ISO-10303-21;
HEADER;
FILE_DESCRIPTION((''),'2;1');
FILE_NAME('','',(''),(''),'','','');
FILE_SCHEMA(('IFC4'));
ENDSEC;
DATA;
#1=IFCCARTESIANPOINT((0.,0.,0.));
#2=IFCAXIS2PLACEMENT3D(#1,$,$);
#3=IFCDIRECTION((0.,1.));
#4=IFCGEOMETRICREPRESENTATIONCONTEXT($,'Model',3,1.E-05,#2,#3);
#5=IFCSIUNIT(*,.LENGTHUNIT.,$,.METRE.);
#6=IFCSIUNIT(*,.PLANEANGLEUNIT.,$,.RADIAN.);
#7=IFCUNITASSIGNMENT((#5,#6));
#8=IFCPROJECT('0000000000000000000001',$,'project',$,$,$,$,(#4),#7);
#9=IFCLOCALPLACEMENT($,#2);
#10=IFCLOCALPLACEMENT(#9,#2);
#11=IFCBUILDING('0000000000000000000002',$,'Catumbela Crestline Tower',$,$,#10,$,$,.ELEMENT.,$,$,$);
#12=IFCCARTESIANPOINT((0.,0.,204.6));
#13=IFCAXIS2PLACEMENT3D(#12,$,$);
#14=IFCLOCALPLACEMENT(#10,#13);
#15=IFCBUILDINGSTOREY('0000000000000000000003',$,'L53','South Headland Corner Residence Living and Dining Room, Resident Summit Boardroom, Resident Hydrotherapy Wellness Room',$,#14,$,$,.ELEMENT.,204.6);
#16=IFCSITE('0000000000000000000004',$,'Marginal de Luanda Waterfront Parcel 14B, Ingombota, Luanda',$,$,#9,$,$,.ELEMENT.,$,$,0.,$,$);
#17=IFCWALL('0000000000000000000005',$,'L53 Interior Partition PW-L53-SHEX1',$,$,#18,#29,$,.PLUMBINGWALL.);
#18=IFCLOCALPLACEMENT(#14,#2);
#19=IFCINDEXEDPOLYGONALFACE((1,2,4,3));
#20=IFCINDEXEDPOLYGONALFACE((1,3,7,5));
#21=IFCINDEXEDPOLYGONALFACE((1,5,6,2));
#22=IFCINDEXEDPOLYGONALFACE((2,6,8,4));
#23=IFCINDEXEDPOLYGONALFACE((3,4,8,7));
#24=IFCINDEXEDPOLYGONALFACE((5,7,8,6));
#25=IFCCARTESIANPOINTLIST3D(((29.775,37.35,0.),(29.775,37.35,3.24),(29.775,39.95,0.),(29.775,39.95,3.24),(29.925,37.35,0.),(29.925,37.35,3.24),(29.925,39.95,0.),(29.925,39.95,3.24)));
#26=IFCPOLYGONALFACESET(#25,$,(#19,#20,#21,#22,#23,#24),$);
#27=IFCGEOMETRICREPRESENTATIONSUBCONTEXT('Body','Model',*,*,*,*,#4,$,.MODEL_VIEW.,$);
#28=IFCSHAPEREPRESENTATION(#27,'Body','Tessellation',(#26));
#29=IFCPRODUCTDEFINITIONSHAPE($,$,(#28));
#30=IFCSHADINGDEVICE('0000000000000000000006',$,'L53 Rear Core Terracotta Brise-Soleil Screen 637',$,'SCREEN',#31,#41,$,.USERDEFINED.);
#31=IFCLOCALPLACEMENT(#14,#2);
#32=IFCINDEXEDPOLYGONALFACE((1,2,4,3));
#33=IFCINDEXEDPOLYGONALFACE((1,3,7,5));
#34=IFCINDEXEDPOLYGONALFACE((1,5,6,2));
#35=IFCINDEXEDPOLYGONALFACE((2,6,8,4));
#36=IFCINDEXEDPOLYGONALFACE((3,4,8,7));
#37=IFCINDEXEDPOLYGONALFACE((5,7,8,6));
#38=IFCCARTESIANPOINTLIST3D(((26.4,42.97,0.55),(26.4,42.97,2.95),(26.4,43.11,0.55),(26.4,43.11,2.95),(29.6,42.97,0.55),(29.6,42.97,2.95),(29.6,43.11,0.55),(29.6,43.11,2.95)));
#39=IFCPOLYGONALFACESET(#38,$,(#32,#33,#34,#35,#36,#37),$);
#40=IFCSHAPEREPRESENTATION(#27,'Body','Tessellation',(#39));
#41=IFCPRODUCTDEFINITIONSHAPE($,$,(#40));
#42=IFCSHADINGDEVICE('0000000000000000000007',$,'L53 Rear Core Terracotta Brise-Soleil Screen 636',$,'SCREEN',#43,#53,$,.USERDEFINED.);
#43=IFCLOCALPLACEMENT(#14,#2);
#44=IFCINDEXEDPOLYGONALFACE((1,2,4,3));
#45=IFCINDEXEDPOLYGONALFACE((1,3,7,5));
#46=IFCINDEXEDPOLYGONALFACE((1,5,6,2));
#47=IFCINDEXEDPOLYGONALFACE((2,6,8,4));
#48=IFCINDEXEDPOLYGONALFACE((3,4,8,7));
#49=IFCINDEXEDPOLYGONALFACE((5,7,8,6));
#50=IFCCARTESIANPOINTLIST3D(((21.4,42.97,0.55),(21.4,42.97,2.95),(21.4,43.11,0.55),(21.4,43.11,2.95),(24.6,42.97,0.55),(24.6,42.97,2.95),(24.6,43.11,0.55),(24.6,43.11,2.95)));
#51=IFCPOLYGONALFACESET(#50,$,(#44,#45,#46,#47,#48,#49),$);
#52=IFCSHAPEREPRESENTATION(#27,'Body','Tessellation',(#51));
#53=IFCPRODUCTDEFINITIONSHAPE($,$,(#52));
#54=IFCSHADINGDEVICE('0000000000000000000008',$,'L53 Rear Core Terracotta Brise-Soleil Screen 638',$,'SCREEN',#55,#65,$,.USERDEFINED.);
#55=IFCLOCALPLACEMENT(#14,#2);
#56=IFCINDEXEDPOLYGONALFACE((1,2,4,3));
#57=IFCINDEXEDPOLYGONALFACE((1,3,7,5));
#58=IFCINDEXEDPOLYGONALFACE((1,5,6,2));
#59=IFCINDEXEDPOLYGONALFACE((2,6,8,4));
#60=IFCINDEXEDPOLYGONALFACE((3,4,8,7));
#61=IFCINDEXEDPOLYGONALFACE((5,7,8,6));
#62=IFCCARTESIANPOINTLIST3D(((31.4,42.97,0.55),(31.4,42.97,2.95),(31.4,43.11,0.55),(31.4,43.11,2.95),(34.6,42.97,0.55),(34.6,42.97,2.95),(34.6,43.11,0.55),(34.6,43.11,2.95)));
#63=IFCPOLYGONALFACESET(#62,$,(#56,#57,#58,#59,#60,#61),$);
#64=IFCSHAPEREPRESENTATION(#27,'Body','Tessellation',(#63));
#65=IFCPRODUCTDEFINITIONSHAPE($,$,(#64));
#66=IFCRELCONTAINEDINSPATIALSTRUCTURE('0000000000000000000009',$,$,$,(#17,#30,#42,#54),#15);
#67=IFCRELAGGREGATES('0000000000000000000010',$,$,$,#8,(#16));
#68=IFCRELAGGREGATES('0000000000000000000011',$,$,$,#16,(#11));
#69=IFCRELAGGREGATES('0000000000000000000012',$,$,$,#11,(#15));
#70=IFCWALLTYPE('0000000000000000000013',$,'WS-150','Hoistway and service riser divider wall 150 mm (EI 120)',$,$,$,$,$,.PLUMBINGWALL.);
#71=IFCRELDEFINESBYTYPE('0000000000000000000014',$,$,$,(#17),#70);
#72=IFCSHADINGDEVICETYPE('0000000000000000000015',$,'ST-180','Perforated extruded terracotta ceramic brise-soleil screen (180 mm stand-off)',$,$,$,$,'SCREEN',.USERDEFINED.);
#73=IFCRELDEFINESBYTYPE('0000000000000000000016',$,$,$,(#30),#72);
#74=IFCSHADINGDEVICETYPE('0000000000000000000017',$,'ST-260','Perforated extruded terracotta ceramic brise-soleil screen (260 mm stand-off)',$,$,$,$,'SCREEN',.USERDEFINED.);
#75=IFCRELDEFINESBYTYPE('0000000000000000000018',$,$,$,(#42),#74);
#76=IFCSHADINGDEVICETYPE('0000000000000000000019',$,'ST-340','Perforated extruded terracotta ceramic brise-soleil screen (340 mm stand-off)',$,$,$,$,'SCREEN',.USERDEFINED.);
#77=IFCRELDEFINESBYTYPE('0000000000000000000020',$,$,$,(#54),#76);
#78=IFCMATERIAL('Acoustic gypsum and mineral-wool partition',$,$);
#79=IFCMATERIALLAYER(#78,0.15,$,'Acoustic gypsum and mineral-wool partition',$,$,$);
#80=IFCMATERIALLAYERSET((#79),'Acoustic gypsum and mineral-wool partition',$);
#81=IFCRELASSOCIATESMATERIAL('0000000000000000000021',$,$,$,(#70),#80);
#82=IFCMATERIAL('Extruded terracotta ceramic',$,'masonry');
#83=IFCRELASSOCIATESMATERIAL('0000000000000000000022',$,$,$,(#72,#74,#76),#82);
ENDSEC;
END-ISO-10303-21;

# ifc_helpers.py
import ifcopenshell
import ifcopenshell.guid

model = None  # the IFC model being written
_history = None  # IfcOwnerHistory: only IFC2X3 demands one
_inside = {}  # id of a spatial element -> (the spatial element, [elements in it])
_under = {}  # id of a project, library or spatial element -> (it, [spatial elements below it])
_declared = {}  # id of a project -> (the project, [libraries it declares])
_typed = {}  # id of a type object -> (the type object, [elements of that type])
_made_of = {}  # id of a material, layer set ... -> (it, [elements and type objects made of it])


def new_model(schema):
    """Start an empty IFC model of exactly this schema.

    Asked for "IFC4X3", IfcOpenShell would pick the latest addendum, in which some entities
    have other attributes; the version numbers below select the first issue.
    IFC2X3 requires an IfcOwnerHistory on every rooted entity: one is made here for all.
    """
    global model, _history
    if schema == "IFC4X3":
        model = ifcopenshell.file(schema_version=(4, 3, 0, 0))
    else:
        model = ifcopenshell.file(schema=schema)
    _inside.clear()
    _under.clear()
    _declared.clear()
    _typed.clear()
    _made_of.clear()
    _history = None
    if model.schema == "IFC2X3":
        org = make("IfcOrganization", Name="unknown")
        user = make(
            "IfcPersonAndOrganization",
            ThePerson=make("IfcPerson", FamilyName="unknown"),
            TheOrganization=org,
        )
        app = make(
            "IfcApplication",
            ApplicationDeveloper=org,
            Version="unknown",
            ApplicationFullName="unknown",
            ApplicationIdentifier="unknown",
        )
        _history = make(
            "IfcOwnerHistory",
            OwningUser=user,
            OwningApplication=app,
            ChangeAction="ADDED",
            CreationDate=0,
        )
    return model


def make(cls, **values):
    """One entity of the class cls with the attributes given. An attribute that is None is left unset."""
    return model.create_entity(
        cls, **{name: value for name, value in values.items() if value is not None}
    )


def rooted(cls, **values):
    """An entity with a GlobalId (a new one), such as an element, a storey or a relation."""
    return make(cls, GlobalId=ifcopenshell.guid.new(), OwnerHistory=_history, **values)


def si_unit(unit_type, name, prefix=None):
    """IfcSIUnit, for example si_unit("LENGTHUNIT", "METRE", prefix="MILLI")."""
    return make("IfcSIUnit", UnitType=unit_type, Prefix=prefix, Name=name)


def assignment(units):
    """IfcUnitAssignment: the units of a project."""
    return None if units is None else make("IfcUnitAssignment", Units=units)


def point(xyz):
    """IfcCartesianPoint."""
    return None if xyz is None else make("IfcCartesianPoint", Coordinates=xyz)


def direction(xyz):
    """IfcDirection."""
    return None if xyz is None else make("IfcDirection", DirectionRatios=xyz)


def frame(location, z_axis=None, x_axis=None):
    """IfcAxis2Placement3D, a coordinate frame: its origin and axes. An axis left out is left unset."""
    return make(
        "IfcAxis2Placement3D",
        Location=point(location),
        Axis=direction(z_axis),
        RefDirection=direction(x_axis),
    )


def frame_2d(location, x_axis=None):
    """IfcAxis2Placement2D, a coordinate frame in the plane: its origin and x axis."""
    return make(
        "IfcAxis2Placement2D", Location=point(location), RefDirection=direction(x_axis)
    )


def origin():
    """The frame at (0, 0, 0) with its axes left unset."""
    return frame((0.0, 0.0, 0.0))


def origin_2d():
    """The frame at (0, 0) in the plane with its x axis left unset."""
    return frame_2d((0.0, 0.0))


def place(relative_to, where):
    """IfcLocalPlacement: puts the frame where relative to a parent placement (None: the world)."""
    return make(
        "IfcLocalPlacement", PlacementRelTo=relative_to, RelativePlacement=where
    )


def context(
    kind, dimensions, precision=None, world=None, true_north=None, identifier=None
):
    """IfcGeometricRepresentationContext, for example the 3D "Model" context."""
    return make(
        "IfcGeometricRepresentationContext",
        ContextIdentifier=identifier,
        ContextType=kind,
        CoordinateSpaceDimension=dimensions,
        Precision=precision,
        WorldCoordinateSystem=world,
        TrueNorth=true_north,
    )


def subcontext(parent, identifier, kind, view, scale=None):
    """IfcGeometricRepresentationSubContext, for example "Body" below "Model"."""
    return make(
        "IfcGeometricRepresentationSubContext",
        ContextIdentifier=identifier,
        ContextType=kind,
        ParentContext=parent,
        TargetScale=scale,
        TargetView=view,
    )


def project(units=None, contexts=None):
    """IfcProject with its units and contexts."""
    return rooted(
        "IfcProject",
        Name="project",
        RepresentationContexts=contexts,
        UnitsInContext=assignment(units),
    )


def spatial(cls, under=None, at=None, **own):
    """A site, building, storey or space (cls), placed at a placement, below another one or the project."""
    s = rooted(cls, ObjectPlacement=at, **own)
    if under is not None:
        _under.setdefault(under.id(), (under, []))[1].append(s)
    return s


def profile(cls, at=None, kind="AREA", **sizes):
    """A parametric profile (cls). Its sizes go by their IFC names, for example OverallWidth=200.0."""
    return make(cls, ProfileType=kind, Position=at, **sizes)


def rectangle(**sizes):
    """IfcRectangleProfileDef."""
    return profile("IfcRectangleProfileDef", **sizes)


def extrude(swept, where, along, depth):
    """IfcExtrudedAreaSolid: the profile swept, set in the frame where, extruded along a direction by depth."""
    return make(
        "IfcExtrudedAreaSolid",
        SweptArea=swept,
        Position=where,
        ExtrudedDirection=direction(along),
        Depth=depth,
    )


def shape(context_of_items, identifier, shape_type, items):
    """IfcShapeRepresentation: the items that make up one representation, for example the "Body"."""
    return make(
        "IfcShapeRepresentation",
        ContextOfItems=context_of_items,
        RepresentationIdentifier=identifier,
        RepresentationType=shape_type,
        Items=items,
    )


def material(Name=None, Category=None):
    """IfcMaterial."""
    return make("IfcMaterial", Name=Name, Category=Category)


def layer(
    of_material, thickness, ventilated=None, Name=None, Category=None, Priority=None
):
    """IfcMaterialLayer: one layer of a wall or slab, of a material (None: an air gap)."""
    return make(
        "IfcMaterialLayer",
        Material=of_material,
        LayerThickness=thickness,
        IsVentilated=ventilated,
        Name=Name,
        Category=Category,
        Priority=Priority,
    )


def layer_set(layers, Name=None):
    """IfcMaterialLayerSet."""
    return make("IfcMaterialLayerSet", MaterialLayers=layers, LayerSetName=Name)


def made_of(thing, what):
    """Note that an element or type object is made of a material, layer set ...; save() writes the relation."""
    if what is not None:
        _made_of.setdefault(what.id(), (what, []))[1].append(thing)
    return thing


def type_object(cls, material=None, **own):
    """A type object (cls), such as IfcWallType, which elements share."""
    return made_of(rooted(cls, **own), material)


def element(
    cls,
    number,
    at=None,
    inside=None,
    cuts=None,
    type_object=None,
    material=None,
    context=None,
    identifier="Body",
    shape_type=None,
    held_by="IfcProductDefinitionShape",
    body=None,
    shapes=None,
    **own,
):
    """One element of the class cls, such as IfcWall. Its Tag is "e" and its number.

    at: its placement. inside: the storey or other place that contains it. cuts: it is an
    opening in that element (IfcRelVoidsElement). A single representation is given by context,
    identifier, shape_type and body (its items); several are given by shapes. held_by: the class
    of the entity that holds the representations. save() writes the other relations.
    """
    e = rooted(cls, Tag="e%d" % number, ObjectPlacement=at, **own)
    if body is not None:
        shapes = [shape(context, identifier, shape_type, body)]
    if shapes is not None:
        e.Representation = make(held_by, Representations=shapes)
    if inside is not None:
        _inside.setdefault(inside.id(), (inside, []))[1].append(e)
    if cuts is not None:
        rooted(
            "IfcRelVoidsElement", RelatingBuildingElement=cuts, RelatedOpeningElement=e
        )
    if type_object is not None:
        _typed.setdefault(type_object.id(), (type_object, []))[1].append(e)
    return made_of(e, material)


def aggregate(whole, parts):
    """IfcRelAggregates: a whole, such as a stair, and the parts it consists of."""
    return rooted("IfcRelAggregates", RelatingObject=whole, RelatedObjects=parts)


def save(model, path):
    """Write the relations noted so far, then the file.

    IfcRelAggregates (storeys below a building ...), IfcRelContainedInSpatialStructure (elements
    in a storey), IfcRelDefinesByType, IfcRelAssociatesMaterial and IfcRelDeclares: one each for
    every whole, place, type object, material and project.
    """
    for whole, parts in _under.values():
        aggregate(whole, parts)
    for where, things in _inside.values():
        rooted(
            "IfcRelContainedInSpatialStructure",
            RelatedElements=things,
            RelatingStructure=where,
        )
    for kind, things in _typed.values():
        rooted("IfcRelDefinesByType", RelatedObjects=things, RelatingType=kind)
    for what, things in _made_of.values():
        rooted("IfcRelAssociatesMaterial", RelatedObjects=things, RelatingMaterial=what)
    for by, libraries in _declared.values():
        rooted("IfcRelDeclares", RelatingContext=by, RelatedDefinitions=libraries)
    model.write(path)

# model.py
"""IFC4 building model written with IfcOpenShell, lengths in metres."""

from ifc_helpers import new_model, si_unit, direction, frame, frame_2d, origin, origin_2d, place, context, subcontext, project, spatial, rectangle, extrude, material, layer, layer_set, type_object, element, save


model = new_model("IFC4")

# Units and contexts
model_context = context("Model", 3, precision=1e-05, world=origin(), true_north=direction((0.0, 1.0)))
body_context = subcontext(model_context, "Body", "Model", "MODEL_VIEW")
ifc_project = project(units=[si_unit("LENGTHUNIT", "METRE"), si_unit("PLANEANGLEUNIT", "RADIAN")], contexts=[model_context])

# Site, building, storey
site_placement = place(None, origin())
site = spatial("IfcSite", under=ifc_project, at=site_placement, Name="Marginal de Luanda Waterfront Parcel 14B, Ingombota, Luanda", CompositionType="ELEMENT", RefElevation=0.0)
building_placement = place(site_placement, origin())
building = spatial("IfcBuilding", under=site, at=building_placement, Name="Catumbela Crestline Tower", CompositionType="ELEMENT")
storey_placement = place(building_placement, frame((0.0, 0.0, 204.6)))
storey = spatial("IfcBuildingStorey", under=building, at=storey_placement, Name="L53", Description="South Headland Corner Residence Living and Dining Room, Resident Summit Boardroom, Resident Hydrotherapy Wellness Room", CompositionType="ELEMENT", Elevation=204.6)

# Shared definitions
ifc_material_1 = material(Name="Acoustic gypsum and mineral-wool partition")

# Wall
ifc_layer_1 = layer(ifc_material_1, 0.15, Name="Acoustic gypsum and mineral-wool partition")
ifc_layer_set_1 = layer_set([ifc_layer_1], Name="Acoustic gypsum and mineral-wool partition")
wall_type_1 = type_object("IfcWallType", Name="WS-150", Description="Hoistway and service riser divider wall 150 mm (EI 120)", PredefinedType="PLUMBINGWALL", material=ifc_layer_set_1)
wall_1_placement = place(storey_placement, frame((29.85, 37.35, 0.0), z_axis=(0.0, 0.0, 1.0), x_axis=(0.0, 1.0, 0.0)))
element("IfcWall", 1, at=wall_1_placement, inside=storey, type_object=wall_type_1, Name="L53 Interior Partition PW-L53-SHEX1", PredefinedType="PLUMBINGWALL", context=body_context, shape_type="SweptSolid", body=[
    extrude(rectangle(XDim=2.6, YDim=0.15, at=frame_2d((1.3, 0.0))), origin(), (0.0, 0.0, 1.0), 3.24),
])

# Shading devices
ifc_material_2 = material(Name="Extruded terracotta ceramic", Category="masonry")
shading_device_type_1 = type_object("IfcShadingDeviceType", Name="ST-180", Description="Perforated extruded terracotta ceramic brise-soleil screen (180 mm stand-off)", ElementType="SCREEN", PredefinedType="USERDEFINED", material=ifc_material_2)
shading_device_1_placement = place(storey_placement, frame((28.0, 43.04, 0.55), z_axis=(0.0, 0.0, 1.0), x_axis=(1.0, 0.0, 0.0)))
element("IfcShadingDevice", 2, at=shading_device_1_placement, inside=storey, type_object=shading_device_type_1, Name="L53 Rear Core Terracotta Brise-Soleil Screen 637", ObjectType="SCREEN", PredefinedType="USERDEFINED", context=body_context, shape_type="SweptSolid", body=[
    extrude(rectangle(XDim=3.2, YDim=0.14, at=origin_2d()), origin(), (0.0, 0.0, 1.0), 2.4),
])
shading_device_type_2 = type_object("IfcShadingDeviceType", Name="ST-260", Description="Perforated extruded terracotta ceramic brise-soleil screen (260 mm stand-off)", ElementType="SCREEN", PredefinedType="USERDEFINED", material=ifc_material_2)
shading_device_2_placement = place(storey_placement, frame((23.0, 43.04, 0.55), z_axis=(0.0, 0.0, 1.0), x_axis=(1.0, 0.0, 0.0)))
element("IfcShadingDevice", 3, at=shading_device_2_placement, inside=storey, type_object=shading_device_type_2, Name="L53 Rear Core Terracotta Brise-Soleil Screen 636", ObjectType="SCREEN", PredefinedType="USERDEFINED", context=body_context, shape_type="SweptSolid", body=[
    extrude(rectangle(XDim=3.2, YDim=0.14, at=origin_2d()), origin(), (0.0, 0.0, 1.0), 2.4),
])
shading_device_type_3 = type_object("IfcShadingDeviceType", Name="ST-340", Description="Perforated extruded terracotta ceramic brise-soleil screen (340 mm stand-off)", ElementType="SCREEN", PredefinedType="USERDEFINED", material=ifc_material_2)
shading_device_3_placement = place(storey_placement, frame((33.0, 43.04, 0.55), z_axis=(0.0, 0.0, 1.0), x_axis=(1.0, 0.0, 0.0)))
element("IfcShadingDevice", 4, at=shading_device_3_placement, inside=storey, type_object=shading_device_type_3, Name="L53 Rear Core Terracotta Brise-Soleil Screen 638", ObjectType="SCREEN", PredefinedType="USERDEFINED", context=body_context, shape_type="SweptSolid", body=[
    extrude(rectangle(XDim=3.2, YDim=0.14, at=origin_2d()), origin(), (0.0, 0.0, 1.0), 2.4),
])

save(model, "model.ifc")
